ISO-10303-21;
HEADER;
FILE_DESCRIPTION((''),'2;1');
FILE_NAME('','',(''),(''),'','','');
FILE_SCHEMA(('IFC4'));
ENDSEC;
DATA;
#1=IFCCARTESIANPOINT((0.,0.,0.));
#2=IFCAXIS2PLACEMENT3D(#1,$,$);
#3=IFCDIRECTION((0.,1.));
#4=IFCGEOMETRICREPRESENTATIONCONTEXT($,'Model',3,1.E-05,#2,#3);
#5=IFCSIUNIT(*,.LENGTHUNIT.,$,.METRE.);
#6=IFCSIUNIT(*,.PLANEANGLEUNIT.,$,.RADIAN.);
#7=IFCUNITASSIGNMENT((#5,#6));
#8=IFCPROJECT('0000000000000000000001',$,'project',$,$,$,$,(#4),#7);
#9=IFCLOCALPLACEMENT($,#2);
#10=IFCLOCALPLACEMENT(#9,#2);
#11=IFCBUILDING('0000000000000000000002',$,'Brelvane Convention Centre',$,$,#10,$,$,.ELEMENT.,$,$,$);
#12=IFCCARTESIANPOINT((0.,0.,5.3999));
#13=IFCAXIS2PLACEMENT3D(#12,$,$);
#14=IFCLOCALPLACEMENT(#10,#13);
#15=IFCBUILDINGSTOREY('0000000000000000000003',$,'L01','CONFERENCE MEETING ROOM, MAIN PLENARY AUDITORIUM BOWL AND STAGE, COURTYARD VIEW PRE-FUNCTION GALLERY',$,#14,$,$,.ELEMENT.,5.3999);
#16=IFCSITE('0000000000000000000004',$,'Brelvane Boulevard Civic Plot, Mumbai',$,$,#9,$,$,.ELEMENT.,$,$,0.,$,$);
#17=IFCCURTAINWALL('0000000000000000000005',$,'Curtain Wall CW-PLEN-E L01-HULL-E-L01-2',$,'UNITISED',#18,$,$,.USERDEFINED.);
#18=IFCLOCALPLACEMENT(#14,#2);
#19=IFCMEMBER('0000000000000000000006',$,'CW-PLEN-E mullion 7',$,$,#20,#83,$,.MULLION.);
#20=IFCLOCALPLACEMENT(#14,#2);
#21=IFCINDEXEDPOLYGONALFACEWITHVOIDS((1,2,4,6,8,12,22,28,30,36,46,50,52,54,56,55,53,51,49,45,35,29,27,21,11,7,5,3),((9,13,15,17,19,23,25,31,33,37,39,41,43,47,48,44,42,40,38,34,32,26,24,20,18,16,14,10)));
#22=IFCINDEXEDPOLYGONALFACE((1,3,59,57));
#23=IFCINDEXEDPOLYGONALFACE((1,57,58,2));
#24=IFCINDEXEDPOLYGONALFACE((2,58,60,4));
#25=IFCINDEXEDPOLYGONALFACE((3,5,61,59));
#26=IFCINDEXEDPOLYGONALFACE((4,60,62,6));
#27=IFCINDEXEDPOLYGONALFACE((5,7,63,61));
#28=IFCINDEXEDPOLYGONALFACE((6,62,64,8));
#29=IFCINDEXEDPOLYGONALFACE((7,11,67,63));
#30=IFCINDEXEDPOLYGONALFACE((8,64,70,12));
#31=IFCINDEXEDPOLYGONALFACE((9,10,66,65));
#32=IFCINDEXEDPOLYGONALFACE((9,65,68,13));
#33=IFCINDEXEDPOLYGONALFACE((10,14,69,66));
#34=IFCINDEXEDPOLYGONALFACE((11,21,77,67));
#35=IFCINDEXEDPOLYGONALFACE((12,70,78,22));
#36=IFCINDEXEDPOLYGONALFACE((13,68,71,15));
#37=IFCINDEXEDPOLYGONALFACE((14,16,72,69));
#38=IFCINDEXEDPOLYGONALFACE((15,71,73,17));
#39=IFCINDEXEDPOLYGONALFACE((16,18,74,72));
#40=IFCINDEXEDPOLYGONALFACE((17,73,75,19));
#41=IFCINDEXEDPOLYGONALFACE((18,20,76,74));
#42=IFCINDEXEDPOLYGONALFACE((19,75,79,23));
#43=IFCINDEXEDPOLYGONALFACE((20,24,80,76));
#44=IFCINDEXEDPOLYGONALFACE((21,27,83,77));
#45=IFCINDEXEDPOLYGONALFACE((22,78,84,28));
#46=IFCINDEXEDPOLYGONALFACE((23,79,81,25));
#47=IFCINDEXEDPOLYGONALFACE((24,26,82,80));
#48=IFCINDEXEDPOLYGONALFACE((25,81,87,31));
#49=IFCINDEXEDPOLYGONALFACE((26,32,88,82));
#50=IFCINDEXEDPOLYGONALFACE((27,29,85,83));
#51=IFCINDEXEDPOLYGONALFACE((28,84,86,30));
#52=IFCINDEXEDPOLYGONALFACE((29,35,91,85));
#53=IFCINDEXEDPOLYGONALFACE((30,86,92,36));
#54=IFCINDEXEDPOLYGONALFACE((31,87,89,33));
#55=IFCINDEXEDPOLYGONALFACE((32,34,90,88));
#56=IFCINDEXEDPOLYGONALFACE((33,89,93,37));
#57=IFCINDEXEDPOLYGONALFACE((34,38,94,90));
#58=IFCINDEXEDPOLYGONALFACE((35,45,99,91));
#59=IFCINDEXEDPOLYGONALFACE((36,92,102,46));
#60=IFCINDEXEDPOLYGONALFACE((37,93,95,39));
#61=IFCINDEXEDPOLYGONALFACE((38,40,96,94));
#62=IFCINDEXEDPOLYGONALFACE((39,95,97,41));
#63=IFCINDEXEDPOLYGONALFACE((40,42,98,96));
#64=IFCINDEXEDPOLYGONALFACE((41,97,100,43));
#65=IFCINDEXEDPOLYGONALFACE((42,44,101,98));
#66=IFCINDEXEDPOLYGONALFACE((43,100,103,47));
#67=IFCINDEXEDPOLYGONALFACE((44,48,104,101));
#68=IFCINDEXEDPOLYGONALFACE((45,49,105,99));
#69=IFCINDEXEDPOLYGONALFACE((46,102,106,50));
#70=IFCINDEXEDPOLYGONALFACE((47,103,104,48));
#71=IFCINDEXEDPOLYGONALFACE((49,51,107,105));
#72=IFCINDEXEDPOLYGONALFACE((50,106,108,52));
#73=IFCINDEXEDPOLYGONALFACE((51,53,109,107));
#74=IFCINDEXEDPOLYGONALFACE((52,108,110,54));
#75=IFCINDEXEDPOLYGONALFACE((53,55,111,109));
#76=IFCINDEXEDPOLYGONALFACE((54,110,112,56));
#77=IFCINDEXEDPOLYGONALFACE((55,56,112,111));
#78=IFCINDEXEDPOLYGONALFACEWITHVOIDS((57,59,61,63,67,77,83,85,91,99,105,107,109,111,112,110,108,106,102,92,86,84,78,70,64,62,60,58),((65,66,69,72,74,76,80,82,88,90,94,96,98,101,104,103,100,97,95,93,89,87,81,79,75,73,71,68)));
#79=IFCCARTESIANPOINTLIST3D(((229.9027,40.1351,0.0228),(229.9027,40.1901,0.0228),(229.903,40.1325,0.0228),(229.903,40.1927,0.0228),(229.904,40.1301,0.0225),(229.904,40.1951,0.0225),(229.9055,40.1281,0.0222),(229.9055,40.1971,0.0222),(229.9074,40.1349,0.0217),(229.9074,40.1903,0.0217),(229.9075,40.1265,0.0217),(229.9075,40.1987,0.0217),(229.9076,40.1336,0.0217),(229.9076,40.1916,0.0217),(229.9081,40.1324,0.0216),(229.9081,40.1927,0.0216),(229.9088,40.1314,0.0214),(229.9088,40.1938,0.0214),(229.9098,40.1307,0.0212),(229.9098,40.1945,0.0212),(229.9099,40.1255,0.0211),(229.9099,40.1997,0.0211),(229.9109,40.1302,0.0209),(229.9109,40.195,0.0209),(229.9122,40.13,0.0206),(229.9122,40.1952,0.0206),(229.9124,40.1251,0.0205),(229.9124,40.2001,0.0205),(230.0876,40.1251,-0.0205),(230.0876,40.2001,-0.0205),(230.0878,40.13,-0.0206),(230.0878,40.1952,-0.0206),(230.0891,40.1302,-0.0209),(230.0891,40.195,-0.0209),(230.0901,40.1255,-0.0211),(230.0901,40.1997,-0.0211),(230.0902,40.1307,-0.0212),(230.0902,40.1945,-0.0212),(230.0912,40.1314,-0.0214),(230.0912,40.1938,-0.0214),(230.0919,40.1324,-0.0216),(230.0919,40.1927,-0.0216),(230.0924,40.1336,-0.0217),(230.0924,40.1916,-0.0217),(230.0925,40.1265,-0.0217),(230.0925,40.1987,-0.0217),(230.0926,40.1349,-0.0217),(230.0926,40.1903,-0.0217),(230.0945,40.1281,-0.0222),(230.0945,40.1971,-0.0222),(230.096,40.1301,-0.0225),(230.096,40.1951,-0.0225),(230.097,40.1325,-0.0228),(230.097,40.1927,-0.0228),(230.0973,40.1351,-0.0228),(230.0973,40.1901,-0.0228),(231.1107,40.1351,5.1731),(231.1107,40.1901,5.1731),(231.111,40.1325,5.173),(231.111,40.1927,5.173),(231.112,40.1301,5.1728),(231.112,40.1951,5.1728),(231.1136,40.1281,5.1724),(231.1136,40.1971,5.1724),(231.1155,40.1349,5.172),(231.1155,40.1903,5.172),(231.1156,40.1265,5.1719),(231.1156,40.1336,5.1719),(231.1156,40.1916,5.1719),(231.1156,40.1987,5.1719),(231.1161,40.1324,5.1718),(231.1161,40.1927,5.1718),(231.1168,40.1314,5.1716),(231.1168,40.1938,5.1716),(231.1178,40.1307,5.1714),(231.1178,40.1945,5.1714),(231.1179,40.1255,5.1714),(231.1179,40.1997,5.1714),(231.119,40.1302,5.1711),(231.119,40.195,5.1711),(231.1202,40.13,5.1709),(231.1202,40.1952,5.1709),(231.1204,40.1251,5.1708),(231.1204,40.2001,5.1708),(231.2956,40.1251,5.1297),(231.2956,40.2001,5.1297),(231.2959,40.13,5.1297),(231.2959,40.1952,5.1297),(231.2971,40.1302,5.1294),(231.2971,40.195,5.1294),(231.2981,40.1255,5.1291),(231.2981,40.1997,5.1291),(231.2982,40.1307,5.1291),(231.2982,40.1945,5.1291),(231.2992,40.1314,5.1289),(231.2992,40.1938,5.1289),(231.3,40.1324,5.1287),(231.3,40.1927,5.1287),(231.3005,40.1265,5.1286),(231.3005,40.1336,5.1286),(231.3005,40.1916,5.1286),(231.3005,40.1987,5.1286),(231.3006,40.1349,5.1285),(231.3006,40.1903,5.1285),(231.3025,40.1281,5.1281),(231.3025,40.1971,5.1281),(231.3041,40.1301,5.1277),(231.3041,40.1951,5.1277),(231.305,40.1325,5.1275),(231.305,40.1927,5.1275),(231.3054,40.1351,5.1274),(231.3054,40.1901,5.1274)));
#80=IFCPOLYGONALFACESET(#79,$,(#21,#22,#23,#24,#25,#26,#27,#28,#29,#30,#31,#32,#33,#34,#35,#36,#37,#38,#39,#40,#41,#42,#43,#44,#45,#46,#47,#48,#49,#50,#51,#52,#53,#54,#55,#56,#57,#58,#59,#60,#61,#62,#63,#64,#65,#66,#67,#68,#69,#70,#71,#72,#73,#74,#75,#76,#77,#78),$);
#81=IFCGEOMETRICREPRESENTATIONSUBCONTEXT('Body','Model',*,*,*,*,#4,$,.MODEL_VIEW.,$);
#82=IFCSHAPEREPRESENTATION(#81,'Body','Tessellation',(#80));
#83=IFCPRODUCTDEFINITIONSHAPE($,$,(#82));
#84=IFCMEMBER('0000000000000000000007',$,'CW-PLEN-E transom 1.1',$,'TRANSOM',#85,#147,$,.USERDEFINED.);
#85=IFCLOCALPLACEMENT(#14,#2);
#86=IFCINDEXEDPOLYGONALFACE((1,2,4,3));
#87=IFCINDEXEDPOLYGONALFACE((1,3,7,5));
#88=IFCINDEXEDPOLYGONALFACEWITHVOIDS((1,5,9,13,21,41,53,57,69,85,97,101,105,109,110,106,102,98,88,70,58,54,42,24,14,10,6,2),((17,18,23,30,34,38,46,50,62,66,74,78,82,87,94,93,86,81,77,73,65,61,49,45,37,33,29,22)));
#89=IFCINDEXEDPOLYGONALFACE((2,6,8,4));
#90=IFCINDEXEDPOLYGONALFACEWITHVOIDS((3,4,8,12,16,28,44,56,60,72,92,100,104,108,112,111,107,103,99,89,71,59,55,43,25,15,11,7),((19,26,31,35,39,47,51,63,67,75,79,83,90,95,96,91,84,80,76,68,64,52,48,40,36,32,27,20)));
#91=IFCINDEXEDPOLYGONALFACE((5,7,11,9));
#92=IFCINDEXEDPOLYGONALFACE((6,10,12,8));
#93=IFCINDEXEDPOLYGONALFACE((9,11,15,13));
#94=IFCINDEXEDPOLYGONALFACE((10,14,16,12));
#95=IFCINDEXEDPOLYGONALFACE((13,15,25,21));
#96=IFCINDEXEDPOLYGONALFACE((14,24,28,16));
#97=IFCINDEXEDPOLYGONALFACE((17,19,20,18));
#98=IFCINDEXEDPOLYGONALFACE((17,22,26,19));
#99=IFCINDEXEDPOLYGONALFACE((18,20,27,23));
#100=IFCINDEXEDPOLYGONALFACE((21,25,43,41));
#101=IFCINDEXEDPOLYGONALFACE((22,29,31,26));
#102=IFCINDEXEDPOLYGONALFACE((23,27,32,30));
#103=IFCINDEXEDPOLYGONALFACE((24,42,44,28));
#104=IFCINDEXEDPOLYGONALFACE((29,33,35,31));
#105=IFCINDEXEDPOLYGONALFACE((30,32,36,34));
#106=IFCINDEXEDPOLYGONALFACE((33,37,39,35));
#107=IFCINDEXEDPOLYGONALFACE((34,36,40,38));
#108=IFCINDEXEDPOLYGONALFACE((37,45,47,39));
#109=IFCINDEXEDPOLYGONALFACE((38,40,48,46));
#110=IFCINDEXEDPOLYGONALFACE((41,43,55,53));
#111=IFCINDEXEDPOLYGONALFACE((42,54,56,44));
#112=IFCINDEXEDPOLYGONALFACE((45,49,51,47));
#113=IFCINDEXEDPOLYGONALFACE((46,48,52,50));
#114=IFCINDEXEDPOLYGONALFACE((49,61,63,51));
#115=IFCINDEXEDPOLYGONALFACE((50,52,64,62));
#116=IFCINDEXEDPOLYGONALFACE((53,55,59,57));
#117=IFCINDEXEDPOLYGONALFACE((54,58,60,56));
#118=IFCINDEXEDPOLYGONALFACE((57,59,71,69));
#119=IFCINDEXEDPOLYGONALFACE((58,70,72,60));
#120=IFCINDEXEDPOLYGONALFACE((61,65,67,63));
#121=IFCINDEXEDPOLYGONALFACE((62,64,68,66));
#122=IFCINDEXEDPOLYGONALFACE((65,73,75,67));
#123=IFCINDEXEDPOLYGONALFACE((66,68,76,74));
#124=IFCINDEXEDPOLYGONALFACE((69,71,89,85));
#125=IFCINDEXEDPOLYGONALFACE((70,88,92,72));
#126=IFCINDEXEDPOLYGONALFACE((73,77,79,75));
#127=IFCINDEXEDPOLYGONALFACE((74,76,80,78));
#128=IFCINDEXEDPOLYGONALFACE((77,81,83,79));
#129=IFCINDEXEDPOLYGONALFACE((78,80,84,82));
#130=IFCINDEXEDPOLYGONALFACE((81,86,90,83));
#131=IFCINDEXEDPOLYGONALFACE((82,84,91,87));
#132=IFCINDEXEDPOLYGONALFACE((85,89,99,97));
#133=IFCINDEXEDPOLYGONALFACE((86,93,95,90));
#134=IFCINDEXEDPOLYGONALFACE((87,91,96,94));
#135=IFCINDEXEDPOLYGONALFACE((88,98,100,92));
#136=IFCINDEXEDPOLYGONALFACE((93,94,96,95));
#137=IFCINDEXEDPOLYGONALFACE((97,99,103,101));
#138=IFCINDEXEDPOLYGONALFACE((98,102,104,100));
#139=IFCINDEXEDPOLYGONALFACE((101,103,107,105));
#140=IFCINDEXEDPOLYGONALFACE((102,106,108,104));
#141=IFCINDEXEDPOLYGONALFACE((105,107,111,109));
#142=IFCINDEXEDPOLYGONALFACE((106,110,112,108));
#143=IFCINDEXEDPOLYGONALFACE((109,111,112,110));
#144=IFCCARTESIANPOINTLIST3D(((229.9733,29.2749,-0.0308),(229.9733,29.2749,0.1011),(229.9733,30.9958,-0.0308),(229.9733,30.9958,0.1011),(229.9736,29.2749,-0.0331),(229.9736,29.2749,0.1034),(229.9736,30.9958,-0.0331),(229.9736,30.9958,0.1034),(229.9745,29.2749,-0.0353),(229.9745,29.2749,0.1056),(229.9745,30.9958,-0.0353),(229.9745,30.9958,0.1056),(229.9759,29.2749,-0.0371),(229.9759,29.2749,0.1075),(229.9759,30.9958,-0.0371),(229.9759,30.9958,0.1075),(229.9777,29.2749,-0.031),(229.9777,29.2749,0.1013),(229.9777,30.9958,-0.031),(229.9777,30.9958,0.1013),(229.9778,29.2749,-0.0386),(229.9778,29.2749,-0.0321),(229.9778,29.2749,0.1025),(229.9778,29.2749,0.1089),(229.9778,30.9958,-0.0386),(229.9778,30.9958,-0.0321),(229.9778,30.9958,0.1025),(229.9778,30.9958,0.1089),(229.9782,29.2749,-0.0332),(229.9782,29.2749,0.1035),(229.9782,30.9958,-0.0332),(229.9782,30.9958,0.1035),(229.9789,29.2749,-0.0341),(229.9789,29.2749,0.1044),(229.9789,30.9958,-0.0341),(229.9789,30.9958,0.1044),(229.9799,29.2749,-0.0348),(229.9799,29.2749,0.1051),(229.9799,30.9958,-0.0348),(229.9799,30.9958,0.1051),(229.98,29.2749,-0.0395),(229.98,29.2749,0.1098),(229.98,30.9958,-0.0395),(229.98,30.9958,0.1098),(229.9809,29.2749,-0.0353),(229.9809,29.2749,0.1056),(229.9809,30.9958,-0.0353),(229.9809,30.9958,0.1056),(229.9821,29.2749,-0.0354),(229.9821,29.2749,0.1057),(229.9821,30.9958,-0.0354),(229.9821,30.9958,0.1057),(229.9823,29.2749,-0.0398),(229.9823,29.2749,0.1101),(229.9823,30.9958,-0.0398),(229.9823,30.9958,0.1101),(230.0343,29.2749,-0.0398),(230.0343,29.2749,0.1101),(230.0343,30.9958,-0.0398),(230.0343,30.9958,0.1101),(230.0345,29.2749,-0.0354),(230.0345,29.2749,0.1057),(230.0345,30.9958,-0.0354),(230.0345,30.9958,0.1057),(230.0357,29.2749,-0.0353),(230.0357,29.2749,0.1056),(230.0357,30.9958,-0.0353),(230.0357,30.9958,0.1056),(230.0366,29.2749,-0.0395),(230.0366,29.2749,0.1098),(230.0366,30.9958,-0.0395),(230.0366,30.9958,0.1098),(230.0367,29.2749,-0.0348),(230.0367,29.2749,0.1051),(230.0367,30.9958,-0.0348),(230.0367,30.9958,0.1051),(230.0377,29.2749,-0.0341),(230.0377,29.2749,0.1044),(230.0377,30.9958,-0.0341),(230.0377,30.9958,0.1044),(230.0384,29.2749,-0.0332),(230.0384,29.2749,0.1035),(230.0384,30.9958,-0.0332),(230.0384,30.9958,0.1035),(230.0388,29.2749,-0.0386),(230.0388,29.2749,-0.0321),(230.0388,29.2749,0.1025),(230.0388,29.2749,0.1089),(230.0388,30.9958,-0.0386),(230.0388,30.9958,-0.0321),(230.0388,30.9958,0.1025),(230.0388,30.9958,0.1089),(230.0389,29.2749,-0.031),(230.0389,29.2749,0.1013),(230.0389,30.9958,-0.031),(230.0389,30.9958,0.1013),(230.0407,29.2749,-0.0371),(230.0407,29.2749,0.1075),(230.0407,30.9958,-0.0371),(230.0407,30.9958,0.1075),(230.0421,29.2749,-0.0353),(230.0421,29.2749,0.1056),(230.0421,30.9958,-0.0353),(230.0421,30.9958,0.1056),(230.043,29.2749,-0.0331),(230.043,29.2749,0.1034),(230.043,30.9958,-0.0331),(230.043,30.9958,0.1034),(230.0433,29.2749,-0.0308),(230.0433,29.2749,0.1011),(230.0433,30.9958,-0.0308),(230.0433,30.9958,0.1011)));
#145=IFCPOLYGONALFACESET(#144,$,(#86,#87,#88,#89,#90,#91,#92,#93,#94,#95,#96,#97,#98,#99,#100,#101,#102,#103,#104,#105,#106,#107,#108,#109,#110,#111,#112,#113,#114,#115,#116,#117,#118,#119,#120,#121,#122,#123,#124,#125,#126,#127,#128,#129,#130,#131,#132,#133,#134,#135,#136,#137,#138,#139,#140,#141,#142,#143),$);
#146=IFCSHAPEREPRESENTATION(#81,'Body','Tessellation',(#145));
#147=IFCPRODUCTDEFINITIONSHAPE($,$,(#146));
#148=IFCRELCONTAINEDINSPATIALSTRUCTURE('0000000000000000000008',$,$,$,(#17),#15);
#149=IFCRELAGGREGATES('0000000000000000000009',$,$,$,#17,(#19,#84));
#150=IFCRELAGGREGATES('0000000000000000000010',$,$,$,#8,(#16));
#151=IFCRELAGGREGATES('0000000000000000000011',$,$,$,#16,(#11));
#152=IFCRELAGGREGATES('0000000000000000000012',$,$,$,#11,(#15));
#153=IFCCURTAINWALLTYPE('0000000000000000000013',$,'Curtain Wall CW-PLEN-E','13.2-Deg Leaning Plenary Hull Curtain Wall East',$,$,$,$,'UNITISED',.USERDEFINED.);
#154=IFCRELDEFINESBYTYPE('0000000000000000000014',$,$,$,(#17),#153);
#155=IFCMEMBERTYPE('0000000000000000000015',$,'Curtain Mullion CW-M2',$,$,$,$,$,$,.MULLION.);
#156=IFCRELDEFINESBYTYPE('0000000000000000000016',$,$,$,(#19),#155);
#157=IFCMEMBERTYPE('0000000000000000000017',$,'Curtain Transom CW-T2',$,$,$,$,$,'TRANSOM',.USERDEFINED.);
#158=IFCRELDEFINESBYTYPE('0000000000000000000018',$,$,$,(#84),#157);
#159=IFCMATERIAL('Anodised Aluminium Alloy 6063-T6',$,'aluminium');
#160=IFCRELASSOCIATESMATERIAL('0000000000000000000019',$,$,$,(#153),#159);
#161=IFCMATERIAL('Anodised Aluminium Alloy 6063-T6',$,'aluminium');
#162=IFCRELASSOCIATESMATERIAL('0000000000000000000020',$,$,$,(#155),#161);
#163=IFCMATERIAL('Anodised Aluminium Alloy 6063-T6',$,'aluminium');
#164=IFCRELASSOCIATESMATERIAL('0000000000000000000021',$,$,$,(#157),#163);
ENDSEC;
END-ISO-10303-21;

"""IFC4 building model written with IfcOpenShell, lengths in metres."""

from ifc_helpers import new_model, si_unit, direction, frame, origin, origin_2d, place, context, subcontext, project, spatial, hollow_rectangle, extrude, material, material_profile, profile_set, type_object, element, aggregate, save


model = new_model("IFC4")

# Units and contexts
model_context = context("Model", 3, precision=1e-05, world=origin(), true_north=direction((0.0, 1.0)))
body_context = subcontext(model_context, "Body", "Model", "MODEL_VIEW")
ifc_project = project(units=[si_unit("LENGTHUNIT", "METRE"), si_unit("PLANEANGLEUNIT", "RADIAN")], contexts=[model_context])

# Site, building, storey
site_placement = place(None, origin())
site = spatial("IfcSite", under=ifc_project, at=site_placement, Name="Brelvane Boulevard Civic Plot, Mumbai", CompositionType="ELEMENT", RefElevation=0.0)
building_placement = place(site_placement, origin())
building = spatial("IfcBuilding", under=site, at=building_placement, Name="Brelvane Convention Centre", CompositionType="ELEMENT")
storey_placement = place(building_placement, frame((0.0, 0.0, 5.3999)))
storey = spatial("IfcBuildingStorey", under=building, at=storey_placement, Name="L01", Description="CONFERENCE MEETING ROOM, MAIN PLENARY AUDITORIUM BOWL AND STAGE, COURTYARD VIEW PRE-FUNCTION GALLERY", CompositionType="ELEMENT", Elevation=5.3999)

# Shared definitions
ifc_material_1 = material(Name="Anodised Aluminium Alloy 6063-T6", Category="aluminium")
curtain_wall_type = type_object("IfcCurtainWallType", Name="Curtain Wall CW-PLEN-E", Description="13.2-Deg Leaning Plenary Hull Curtain Wall East", ElementType="UNITISED", PredefinedType="USERDEFINED", material=ifc_material_1)
ifc_material_2 = material(Name="Anodised Aluminium Alloy 6063-T6", Category="aluminium")
ifc_material_profile_1 = material_profile(ifc_material_2, hollow_rectangle(XDim=0.075, YDim=0.2, WallThickness=0.0049, InnerFilletRadius=0.0049, OuterFilletRadius=0.01, at=origin_2d()), Name="ALU-M 200x75x5.0")
ifc_profile_set_1 = profile_set([ifc_material_profile_1], Name="Anodised Aluminium Alloy 6063-T6")
member_type_1 = type_object("IfcMemberType", Name="Curtain Mullion CW-M2", PredefinedType="MULLION", material=ifc_profile_set_1)

# Curtain wall, members
curtain_wall_1_placement = place(storey_placement, origin())
curtain_wall_1 = element("IfcCurtainWall", 1, at=curtain_wall_1_placement, inside=storey, type_object=curtain_wall_type, Name="Curtain Wall CW-PLEN-E L01-HULL-E-L01-2", ObjectType="UNITISED", PredefinedType="USERDEFINED")
member_1_placement = place(storey_placement, frame((230.0, 40.1626, 0.0), z_axis=(0.22836, 0.0, 0.973577), x_axis=(0.0, 1.0, 0.0)))
member_1 = element("IfcMember", 2, at=member_1_placement, type_object=member_type_1, Name="CW-PLEN-E mullion 7", PredefinedType="MULLION", context=body_context, shape_type="SweptSolid", body=[
    extrude(hollow_rectangle(XDim=0.075, YDim=0.2, WallThickness=0.0049, InnerFilletRadius=0.0049, OuterFilletRadius=0.01, at=origin_2d()), origin(), (0.0, 0.0, 1.0), 5.29),
])
ifc_material_3 = material(Name="Anodised Aluminium Alloy 6063-T6", Category="aluminium")
ifc_material_profile_2 = material_profile(ifc_material_3, hollow_rectangle(XDim=0.0701, YDim=0.1499, WallThickness=0.0044, InnerFilletRadius=0.0044, OuterFilletRadius=0.009, at=origin_2d()), Name="ALU-T 150x70x4.5")
ifc_profile_set_2 = profile_set([ifc_material_profile_2], Name="Anodised Aluminium Alloy 6063-T6")
member_type_2 = type_object("IfcMemberType", Name="Curtain Transom CW-T2", ElementType="TRANSOM", PredefinedType="USERDEFINED", material=ifc_profile_set_2)
member_2_placement = place(storey_placement, frame((230.0083, 29.2749, 0.0352), z_axis=(0.0, 1.0, 0.0), x_axis=(-1.0, 0.0, 0.0)))
member_2 = element("IfcMember", 3, at=member_2_placement, type_object=member_type_2, Name="CW-PLEN-E transom 1.1", ObjectType="TRANSOM", PredefinedType="USERDEFINED", context=body_context, shape_type="SweptSolid", body=[
    extrude(hollow_rectangle(XDim=0.0701, YDim=0.1499, WallThickness=0.0044, InnerFilletRadius=0.0044, OuterFilletRadius=0.009, at=origin_2d()), origin(), (0.0, 0.0, 1.0), 1.7209),
])

aggregate(curtain_wall_1, [member_1, member_2])

save(model, "model.ifc")
